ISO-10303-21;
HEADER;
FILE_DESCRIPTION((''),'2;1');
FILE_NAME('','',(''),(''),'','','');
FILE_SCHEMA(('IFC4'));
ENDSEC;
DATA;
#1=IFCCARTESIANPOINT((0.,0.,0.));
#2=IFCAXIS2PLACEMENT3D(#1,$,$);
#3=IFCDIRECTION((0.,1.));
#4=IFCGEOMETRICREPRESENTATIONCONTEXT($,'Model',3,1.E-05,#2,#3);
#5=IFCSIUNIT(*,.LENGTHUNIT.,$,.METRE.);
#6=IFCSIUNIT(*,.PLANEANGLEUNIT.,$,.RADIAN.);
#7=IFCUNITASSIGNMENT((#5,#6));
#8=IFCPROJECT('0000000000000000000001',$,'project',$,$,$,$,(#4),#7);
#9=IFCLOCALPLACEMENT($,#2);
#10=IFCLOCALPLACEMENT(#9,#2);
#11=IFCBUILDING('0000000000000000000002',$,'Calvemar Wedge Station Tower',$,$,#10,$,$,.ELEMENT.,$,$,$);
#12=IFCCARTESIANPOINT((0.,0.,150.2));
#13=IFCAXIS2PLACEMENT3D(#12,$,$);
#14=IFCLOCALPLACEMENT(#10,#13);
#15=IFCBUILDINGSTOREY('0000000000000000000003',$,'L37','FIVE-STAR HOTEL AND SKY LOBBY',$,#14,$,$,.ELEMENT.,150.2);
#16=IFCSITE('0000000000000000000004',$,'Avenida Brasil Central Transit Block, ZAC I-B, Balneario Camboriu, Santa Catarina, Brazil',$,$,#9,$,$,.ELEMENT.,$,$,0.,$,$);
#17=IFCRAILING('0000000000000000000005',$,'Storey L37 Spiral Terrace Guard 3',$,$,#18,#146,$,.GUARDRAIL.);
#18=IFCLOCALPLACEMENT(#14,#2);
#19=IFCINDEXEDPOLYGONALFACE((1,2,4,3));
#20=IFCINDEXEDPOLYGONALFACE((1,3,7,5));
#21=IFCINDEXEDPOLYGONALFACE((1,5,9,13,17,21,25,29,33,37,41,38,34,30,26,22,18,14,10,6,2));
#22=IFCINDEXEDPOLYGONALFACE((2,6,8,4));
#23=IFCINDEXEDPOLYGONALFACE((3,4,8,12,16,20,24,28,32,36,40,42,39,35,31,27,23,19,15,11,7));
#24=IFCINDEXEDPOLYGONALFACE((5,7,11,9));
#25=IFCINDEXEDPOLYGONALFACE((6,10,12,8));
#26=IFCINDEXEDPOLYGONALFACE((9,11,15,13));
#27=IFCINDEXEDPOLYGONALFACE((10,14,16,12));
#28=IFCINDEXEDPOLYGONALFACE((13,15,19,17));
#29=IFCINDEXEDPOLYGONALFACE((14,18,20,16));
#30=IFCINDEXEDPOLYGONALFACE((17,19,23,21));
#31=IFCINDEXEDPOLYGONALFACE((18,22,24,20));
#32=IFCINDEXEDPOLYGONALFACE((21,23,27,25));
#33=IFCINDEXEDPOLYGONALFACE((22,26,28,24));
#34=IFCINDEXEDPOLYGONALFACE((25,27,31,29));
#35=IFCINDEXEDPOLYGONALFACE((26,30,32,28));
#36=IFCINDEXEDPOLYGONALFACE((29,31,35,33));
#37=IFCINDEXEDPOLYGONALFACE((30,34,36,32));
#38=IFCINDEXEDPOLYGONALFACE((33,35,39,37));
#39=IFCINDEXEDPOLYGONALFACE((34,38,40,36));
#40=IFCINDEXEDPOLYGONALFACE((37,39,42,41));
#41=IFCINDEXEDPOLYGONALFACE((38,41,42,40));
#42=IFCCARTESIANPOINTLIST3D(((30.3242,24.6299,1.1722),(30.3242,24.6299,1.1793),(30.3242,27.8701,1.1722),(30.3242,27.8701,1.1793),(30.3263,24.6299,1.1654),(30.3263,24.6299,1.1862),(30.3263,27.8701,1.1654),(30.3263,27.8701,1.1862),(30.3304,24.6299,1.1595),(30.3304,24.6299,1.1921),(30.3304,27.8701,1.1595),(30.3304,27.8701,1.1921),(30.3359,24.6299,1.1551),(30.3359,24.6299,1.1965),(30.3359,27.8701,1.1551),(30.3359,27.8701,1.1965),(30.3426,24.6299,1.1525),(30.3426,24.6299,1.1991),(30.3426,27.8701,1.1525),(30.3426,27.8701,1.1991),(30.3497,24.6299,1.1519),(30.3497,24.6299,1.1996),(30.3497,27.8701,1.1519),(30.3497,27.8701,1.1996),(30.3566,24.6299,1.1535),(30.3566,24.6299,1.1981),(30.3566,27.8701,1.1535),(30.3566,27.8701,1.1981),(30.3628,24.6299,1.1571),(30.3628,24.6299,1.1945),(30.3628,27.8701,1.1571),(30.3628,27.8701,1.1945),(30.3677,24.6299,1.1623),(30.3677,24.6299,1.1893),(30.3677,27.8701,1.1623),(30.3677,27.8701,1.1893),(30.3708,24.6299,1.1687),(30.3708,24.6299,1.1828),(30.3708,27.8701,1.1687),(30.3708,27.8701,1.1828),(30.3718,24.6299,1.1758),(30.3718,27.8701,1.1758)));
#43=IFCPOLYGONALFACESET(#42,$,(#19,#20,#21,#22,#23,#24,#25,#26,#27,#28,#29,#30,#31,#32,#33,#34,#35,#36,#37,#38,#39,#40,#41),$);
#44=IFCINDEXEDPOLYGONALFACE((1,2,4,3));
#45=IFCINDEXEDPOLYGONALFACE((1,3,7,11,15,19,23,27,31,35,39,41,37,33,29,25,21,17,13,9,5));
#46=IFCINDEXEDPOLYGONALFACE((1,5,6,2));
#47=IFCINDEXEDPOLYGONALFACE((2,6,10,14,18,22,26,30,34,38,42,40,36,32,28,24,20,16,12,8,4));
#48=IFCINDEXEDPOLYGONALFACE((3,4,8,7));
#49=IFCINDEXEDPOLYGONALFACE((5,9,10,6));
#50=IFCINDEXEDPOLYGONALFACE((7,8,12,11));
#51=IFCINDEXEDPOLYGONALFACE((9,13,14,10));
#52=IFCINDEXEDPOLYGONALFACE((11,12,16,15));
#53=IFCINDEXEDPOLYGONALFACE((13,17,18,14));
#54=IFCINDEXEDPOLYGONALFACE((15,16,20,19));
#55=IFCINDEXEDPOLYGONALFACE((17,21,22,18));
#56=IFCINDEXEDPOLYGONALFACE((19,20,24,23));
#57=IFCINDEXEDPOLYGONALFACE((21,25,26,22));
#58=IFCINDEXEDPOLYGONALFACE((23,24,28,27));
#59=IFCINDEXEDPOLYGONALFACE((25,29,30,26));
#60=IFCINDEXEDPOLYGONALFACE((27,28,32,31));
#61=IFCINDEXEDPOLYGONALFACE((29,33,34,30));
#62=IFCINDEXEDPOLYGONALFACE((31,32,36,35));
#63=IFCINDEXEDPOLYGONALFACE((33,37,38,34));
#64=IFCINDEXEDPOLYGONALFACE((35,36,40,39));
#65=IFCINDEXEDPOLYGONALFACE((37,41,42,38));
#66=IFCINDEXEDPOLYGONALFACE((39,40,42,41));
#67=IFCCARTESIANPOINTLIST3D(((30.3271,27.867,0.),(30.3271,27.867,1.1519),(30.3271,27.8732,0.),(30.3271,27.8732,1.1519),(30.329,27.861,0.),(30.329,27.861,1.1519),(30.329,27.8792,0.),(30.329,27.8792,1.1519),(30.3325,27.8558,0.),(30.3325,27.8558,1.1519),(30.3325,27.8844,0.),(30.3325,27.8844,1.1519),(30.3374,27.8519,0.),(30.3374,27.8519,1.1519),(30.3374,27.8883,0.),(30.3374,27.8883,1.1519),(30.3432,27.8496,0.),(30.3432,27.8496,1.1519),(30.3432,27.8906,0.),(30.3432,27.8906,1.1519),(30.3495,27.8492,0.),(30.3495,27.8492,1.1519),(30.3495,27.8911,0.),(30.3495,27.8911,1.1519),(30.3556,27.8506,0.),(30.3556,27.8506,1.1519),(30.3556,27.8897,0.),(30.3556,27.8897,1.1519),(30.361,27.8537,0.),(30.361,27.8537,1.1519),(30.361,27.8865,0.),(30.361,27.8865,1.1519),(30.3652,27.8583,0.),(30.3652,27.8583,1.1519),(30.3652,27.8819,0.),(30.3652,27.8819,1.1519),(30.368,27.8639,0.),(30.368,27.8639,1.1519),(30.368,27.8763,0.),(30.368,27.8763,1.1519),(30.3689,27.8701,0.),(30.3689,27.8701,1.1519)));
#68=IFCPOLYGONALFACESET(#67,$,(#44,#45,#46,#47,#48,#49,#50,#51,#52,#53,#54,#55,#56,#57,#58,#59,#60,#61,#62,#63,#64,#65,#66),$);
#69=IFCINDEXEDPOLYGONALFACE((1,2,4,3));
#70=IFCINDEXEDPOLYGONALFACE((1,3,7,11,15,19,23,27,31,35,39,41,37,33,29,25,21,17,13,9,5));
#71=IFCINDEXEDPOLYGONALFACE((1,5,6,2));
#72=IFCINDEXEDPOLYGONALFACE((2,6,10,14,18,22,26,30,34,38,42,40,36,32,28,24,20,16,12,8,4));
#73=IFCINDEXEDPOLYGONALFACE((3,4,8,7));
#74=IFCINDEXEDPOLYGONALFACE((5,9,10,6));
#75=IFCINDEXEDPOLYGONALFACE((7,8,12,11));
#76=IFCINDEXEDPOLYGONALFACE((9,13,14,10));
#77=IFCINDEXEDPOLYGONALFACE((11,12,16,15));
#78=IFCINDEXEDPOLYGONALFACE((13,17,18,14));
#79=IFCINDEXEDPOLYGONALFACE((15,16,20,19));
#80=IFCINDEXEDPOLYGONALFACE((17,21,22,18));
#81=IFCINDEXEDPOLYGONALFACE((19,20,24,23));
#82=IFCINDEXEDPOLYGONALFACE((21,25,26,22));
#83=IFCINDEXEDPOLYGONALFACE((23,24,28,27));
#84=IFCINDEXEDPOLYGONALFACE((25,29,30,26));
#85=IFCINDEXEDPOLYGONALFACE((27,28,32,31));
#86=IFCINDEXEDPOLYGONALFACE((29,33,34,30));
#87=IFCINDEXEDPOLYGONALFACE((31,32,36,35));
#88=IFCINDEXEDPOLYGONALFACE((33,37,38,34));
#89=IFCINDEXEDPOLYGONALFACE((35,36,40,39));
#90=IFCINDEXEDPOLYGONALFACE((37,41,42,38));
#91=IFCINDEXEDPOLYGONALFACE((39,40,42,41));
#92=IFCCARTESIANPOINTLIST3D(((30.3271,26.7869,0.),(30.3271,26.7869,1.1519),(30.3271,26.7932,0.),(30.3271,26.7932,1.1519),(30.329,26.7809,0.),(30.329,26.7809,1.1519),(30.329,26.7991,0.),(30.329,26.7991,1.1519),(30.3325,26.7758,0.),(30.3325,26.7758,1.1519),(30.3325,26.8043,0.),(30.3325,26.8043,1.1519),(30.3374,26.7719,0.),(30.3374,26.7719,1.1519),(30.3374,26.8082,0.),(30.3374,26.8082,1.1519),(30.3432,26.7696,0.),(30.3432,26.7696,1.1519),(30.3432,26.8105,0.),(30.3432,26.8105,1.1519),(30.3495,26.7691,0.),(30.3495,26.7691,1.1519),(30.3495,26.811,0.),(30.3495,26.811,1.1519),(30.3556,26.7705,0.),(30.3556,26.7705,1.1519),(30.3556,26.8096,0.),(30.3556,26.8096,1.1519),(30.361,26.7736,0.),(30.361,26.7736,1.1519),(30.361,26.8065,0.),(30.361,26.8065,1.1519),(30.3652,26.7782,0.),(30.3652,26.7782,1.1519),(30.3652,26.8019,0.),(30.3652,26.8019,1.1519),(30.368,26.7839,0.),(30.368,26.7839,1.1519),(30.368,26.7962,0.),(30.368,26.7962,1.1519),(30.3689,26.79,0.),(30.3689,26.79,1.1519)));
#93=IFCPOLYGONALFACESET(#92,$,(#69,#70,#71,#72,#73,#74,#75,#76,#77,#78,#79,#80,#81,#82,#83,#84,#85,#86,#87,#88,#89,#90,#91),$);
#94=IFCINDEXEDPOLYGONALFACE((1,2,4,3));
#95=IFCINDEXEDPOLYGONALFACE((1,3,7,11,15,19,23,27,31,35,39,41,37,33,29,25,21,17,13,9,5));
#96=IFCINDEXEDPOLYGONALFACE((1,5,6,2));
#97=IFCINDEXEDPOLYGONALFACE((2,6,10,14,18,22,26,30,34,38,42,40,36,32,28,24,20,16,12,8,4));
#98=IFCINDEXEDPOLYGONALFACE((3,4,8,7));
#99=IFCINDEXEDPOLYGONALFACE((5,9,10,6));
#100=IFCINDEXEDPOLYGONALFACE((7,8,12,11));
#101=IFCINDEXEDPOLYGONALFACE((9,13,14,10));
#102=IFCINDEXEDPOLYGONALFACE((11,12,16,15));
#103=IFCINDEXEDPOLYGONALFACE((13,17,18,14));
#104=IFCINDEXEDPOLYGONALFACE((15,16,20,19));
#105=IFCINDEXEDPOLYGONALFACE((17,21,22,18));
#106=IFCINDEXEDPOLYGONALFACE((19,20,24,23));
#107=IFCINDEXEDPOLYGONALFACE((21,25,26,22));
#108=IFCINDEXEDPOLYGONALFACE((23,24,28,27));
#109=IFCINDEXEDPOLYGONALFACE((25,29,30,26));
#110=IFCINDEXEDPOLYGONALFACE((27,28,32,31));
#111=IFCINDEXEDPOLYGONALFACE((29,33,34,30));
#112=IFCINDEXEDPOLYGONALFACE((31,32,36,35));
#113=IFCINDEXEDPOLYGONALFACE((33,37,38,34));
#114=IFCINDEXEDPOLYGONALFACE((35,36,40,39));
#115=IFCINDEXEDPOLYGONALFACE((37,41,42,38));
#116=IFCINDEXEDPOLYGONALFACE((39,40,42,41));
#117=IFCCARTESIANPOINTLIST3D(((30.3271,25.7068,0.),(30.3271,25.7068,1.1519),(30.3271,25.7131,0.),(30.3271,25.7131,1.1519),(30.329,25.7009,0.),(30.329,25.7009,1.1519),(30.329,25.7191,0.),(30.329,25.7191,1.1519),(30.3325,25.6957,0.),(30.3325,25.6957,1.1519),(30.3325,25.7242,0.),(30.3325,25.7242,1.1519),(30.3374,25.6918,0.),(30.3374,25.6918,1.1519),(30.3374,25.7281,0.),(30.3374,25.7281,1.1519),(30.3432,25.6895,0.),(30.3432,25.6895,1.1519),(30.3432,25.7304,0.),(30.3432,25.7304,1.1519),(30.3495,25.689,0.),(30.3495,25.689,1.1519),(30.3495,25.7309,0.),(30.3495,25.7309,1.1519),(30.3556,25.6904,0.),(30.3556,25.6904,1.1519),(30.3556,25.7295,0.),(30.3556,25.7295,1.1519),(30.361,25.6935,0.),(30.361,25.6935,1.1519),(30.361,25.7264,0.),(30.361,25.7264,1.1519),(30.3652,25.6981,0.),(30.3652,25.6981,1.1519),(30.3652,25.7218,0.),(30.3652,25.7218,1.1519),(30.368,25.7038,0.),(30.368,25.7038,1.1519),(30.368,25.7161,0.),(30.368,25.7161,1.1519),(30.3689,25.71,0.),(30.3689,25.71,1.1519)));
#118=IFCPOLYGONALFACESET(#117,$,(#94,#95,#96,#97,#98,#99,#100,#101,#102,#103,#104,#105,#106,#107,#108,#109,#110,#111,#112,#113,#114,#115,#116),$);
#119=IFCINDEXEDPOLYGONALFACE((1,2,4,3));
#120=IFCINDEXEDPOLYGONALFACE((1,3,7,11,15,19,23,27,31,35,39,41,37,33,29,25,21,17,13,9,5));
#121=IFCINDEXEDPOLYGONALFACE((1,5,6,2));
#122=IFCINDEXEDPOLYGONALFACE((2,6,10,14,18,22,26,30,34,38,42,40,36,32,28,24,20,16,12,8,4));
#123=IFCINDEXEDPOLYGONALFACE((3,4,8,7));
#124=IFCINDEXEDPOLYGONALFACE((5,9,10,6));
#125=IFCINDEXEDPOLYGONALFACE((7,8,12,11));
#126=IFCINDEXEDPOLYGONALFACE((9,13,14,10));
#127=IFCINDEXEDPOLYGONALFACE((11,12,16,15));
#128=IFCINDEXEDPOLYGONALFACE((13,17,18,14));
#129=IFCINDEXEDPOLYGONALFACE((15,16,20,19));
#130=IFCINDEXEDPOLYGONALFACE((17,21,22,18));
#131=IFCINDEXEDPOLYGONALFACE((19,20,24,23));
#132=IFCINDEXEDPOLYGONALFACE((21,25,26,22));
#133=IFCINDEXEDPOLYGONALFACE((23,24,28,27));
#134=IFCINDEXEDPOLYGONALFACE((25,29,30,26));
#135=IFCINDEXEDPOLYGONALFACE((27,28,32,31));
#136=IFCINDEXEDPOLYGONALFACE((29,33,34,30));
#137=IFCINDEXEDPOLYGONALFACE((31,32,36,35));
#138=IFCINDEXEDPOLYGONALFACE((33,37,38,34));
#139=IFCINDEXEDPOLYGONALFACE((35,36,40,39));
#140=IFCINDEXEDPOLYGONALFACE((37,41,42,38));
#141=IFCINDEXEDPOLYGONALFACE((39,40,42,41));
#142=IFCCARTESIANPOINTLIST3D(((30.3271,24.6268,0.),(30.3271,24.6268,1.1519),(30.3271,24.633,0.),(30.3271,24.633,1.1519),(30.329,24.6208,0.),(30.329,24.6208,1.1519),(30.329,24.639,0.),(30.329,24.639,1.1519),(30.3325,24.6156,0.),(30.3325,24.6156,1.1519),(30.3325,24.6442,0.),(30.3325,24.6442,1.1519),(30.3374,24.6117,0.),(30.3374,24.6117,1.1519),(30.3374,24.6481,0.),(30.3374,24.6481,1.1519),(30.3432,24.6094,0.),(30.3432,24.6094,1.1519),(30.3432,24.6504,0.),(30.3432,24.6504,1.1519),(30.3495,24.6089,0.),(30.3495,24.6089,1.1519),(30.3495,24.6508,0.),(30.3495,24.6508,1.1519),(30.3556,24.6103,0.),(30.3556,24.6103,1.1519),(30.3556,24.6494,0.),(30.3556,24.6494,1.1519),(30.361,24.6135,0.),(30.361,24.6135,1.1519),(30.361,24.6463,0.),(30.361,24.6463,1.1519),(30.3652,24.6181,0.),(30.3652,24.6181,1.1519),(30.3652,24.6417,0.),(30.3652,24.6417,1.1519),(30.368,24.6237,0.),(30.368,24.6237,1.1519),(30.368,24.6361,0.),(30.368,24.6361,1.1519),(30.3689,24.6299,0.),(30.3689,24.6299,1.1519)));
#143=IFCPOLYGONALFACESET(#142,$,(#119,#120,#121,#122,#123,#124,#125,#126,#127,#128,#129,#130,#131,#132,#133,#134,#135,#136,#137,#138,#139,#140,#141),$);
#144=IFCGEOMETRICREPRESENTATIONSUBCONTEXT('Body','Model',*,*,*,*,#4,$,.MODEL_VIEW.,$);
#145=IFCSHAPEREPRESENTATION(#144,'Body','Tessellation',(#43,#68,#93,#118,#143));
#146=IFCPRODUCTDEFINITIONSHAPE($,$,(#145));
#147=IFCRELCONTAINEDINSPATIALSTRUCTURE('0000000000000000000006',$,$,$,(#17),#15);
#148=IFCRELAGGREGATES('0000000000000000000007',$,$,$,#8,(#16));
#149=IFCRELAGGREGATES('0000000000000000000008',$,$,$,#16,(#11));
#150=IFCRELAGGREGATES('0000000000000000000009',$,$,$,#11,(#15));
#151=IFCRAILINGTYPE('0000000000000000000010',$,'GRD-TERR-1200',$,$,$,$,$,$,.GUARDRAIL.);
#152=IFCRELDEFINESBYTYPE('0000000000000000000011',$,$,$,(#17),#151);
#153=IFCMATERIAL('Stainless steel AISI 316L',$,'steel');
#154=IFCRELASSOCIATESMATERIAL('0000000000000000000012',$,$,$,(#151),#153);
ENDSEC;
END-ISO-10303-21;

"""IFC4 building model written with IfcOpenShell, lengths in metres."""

from ifc_helpers import new_model, si_unit, direction, frame, origin, origin_2d, place, context, subcontext, project, spatial, circle, extrude, material, type_object, element, save


model = new_model("IFC4")

# Units and contexts
model_context = context("Model", 3, precision=1e-05, world=origin(), true_north=direction((0.0, 1.0)))
body_context = subcontext(model_context, "Body", "Model", "MODEL_VIEW")
ifc_project = project(units=[si_unit("LENGTHUNIT", "METRE"), si_unit("PLANEANGLEUNIT", "RADIAN")], contexts=[model_context])

# Site, building, storey
site_placement = place(None, origin())
site = spatial("IfcSite", under=ifc_project, at=site_placement, Name="Avenida Brasil Central Transit Block, ZAC I-B, Balneario Camboriu, Santa Catarina, Brazil", CompositionType="ELEMENT", RefElevation=0.0)
building_placement = place(site_placement, origin())
building = spatial("IfcBuilding", under=site, at=building_placement, Name="Calvemar Wedge Station Tower", CompositionType="ELEMENT")
storey_placement = place(building_placement, frame((0.0, 0.0, 150.2)))
storey = spatial("IfcBuildingStorey", under=building, at=storey_placement, Name="L37", Description="FIVE-STAR HOTEL AND SKY LOBBY", CompositionType="ELEMENT", Elevation=150.2)

# Railing
ifc_material_1 = material(Name="Stainless steel AISI 316L", Category="steel")
railing_type_1 = type_object("IfcRailingType", Name="GRD-TERR-1200", PredefinedType="GUARDRAIL", material=ifc_material_1)
railing_1_placement = place(storey_placement, frame((30.3479, 27.8701, 0.0)))
element("IfcRailing", 1, at=railing_1_placement, inside=storey, type_object=railing_type_1, Name="Storey L37 Spiral Terrace Guard 3", PredefinedType="GUARDRAIL", context=body_context, shape_type="SweptSolid", body=[
    extrude(circle(Radius=0.0239, at=origin_2d()), frame((0.0, 0.0, 1.1758), z_axis=(0.0, -1.0, 0.0), x_axis=(1.0, 0.0, 0.0)), (0.0, 0.0, 1.0), 3.2402),
    extrude(circle(Radius=0.021, at=origin_2d()), origin(), (0.0, 0.0, 1.0), 1.1519),
    extrude(circle(Radius=0.021, at=origin_2d()), frame((0.0, -1.0801, 0.0)), (0.0, 0.0, 1.0), 1.1519),
    extrude(circle(Radius=0.021, at=origin_2d()), frame((0.0, -2.1602, 0.0)), (0.0, 0.0, 1.0), 1.1519),
    extrude(circle(Radius=0.021, at=origin_2d()), frame((0.0, -3.2402, 0.0)), (0.0, 0.0, 1.0), 1.1519),
])

save(model, "model.ifc")
